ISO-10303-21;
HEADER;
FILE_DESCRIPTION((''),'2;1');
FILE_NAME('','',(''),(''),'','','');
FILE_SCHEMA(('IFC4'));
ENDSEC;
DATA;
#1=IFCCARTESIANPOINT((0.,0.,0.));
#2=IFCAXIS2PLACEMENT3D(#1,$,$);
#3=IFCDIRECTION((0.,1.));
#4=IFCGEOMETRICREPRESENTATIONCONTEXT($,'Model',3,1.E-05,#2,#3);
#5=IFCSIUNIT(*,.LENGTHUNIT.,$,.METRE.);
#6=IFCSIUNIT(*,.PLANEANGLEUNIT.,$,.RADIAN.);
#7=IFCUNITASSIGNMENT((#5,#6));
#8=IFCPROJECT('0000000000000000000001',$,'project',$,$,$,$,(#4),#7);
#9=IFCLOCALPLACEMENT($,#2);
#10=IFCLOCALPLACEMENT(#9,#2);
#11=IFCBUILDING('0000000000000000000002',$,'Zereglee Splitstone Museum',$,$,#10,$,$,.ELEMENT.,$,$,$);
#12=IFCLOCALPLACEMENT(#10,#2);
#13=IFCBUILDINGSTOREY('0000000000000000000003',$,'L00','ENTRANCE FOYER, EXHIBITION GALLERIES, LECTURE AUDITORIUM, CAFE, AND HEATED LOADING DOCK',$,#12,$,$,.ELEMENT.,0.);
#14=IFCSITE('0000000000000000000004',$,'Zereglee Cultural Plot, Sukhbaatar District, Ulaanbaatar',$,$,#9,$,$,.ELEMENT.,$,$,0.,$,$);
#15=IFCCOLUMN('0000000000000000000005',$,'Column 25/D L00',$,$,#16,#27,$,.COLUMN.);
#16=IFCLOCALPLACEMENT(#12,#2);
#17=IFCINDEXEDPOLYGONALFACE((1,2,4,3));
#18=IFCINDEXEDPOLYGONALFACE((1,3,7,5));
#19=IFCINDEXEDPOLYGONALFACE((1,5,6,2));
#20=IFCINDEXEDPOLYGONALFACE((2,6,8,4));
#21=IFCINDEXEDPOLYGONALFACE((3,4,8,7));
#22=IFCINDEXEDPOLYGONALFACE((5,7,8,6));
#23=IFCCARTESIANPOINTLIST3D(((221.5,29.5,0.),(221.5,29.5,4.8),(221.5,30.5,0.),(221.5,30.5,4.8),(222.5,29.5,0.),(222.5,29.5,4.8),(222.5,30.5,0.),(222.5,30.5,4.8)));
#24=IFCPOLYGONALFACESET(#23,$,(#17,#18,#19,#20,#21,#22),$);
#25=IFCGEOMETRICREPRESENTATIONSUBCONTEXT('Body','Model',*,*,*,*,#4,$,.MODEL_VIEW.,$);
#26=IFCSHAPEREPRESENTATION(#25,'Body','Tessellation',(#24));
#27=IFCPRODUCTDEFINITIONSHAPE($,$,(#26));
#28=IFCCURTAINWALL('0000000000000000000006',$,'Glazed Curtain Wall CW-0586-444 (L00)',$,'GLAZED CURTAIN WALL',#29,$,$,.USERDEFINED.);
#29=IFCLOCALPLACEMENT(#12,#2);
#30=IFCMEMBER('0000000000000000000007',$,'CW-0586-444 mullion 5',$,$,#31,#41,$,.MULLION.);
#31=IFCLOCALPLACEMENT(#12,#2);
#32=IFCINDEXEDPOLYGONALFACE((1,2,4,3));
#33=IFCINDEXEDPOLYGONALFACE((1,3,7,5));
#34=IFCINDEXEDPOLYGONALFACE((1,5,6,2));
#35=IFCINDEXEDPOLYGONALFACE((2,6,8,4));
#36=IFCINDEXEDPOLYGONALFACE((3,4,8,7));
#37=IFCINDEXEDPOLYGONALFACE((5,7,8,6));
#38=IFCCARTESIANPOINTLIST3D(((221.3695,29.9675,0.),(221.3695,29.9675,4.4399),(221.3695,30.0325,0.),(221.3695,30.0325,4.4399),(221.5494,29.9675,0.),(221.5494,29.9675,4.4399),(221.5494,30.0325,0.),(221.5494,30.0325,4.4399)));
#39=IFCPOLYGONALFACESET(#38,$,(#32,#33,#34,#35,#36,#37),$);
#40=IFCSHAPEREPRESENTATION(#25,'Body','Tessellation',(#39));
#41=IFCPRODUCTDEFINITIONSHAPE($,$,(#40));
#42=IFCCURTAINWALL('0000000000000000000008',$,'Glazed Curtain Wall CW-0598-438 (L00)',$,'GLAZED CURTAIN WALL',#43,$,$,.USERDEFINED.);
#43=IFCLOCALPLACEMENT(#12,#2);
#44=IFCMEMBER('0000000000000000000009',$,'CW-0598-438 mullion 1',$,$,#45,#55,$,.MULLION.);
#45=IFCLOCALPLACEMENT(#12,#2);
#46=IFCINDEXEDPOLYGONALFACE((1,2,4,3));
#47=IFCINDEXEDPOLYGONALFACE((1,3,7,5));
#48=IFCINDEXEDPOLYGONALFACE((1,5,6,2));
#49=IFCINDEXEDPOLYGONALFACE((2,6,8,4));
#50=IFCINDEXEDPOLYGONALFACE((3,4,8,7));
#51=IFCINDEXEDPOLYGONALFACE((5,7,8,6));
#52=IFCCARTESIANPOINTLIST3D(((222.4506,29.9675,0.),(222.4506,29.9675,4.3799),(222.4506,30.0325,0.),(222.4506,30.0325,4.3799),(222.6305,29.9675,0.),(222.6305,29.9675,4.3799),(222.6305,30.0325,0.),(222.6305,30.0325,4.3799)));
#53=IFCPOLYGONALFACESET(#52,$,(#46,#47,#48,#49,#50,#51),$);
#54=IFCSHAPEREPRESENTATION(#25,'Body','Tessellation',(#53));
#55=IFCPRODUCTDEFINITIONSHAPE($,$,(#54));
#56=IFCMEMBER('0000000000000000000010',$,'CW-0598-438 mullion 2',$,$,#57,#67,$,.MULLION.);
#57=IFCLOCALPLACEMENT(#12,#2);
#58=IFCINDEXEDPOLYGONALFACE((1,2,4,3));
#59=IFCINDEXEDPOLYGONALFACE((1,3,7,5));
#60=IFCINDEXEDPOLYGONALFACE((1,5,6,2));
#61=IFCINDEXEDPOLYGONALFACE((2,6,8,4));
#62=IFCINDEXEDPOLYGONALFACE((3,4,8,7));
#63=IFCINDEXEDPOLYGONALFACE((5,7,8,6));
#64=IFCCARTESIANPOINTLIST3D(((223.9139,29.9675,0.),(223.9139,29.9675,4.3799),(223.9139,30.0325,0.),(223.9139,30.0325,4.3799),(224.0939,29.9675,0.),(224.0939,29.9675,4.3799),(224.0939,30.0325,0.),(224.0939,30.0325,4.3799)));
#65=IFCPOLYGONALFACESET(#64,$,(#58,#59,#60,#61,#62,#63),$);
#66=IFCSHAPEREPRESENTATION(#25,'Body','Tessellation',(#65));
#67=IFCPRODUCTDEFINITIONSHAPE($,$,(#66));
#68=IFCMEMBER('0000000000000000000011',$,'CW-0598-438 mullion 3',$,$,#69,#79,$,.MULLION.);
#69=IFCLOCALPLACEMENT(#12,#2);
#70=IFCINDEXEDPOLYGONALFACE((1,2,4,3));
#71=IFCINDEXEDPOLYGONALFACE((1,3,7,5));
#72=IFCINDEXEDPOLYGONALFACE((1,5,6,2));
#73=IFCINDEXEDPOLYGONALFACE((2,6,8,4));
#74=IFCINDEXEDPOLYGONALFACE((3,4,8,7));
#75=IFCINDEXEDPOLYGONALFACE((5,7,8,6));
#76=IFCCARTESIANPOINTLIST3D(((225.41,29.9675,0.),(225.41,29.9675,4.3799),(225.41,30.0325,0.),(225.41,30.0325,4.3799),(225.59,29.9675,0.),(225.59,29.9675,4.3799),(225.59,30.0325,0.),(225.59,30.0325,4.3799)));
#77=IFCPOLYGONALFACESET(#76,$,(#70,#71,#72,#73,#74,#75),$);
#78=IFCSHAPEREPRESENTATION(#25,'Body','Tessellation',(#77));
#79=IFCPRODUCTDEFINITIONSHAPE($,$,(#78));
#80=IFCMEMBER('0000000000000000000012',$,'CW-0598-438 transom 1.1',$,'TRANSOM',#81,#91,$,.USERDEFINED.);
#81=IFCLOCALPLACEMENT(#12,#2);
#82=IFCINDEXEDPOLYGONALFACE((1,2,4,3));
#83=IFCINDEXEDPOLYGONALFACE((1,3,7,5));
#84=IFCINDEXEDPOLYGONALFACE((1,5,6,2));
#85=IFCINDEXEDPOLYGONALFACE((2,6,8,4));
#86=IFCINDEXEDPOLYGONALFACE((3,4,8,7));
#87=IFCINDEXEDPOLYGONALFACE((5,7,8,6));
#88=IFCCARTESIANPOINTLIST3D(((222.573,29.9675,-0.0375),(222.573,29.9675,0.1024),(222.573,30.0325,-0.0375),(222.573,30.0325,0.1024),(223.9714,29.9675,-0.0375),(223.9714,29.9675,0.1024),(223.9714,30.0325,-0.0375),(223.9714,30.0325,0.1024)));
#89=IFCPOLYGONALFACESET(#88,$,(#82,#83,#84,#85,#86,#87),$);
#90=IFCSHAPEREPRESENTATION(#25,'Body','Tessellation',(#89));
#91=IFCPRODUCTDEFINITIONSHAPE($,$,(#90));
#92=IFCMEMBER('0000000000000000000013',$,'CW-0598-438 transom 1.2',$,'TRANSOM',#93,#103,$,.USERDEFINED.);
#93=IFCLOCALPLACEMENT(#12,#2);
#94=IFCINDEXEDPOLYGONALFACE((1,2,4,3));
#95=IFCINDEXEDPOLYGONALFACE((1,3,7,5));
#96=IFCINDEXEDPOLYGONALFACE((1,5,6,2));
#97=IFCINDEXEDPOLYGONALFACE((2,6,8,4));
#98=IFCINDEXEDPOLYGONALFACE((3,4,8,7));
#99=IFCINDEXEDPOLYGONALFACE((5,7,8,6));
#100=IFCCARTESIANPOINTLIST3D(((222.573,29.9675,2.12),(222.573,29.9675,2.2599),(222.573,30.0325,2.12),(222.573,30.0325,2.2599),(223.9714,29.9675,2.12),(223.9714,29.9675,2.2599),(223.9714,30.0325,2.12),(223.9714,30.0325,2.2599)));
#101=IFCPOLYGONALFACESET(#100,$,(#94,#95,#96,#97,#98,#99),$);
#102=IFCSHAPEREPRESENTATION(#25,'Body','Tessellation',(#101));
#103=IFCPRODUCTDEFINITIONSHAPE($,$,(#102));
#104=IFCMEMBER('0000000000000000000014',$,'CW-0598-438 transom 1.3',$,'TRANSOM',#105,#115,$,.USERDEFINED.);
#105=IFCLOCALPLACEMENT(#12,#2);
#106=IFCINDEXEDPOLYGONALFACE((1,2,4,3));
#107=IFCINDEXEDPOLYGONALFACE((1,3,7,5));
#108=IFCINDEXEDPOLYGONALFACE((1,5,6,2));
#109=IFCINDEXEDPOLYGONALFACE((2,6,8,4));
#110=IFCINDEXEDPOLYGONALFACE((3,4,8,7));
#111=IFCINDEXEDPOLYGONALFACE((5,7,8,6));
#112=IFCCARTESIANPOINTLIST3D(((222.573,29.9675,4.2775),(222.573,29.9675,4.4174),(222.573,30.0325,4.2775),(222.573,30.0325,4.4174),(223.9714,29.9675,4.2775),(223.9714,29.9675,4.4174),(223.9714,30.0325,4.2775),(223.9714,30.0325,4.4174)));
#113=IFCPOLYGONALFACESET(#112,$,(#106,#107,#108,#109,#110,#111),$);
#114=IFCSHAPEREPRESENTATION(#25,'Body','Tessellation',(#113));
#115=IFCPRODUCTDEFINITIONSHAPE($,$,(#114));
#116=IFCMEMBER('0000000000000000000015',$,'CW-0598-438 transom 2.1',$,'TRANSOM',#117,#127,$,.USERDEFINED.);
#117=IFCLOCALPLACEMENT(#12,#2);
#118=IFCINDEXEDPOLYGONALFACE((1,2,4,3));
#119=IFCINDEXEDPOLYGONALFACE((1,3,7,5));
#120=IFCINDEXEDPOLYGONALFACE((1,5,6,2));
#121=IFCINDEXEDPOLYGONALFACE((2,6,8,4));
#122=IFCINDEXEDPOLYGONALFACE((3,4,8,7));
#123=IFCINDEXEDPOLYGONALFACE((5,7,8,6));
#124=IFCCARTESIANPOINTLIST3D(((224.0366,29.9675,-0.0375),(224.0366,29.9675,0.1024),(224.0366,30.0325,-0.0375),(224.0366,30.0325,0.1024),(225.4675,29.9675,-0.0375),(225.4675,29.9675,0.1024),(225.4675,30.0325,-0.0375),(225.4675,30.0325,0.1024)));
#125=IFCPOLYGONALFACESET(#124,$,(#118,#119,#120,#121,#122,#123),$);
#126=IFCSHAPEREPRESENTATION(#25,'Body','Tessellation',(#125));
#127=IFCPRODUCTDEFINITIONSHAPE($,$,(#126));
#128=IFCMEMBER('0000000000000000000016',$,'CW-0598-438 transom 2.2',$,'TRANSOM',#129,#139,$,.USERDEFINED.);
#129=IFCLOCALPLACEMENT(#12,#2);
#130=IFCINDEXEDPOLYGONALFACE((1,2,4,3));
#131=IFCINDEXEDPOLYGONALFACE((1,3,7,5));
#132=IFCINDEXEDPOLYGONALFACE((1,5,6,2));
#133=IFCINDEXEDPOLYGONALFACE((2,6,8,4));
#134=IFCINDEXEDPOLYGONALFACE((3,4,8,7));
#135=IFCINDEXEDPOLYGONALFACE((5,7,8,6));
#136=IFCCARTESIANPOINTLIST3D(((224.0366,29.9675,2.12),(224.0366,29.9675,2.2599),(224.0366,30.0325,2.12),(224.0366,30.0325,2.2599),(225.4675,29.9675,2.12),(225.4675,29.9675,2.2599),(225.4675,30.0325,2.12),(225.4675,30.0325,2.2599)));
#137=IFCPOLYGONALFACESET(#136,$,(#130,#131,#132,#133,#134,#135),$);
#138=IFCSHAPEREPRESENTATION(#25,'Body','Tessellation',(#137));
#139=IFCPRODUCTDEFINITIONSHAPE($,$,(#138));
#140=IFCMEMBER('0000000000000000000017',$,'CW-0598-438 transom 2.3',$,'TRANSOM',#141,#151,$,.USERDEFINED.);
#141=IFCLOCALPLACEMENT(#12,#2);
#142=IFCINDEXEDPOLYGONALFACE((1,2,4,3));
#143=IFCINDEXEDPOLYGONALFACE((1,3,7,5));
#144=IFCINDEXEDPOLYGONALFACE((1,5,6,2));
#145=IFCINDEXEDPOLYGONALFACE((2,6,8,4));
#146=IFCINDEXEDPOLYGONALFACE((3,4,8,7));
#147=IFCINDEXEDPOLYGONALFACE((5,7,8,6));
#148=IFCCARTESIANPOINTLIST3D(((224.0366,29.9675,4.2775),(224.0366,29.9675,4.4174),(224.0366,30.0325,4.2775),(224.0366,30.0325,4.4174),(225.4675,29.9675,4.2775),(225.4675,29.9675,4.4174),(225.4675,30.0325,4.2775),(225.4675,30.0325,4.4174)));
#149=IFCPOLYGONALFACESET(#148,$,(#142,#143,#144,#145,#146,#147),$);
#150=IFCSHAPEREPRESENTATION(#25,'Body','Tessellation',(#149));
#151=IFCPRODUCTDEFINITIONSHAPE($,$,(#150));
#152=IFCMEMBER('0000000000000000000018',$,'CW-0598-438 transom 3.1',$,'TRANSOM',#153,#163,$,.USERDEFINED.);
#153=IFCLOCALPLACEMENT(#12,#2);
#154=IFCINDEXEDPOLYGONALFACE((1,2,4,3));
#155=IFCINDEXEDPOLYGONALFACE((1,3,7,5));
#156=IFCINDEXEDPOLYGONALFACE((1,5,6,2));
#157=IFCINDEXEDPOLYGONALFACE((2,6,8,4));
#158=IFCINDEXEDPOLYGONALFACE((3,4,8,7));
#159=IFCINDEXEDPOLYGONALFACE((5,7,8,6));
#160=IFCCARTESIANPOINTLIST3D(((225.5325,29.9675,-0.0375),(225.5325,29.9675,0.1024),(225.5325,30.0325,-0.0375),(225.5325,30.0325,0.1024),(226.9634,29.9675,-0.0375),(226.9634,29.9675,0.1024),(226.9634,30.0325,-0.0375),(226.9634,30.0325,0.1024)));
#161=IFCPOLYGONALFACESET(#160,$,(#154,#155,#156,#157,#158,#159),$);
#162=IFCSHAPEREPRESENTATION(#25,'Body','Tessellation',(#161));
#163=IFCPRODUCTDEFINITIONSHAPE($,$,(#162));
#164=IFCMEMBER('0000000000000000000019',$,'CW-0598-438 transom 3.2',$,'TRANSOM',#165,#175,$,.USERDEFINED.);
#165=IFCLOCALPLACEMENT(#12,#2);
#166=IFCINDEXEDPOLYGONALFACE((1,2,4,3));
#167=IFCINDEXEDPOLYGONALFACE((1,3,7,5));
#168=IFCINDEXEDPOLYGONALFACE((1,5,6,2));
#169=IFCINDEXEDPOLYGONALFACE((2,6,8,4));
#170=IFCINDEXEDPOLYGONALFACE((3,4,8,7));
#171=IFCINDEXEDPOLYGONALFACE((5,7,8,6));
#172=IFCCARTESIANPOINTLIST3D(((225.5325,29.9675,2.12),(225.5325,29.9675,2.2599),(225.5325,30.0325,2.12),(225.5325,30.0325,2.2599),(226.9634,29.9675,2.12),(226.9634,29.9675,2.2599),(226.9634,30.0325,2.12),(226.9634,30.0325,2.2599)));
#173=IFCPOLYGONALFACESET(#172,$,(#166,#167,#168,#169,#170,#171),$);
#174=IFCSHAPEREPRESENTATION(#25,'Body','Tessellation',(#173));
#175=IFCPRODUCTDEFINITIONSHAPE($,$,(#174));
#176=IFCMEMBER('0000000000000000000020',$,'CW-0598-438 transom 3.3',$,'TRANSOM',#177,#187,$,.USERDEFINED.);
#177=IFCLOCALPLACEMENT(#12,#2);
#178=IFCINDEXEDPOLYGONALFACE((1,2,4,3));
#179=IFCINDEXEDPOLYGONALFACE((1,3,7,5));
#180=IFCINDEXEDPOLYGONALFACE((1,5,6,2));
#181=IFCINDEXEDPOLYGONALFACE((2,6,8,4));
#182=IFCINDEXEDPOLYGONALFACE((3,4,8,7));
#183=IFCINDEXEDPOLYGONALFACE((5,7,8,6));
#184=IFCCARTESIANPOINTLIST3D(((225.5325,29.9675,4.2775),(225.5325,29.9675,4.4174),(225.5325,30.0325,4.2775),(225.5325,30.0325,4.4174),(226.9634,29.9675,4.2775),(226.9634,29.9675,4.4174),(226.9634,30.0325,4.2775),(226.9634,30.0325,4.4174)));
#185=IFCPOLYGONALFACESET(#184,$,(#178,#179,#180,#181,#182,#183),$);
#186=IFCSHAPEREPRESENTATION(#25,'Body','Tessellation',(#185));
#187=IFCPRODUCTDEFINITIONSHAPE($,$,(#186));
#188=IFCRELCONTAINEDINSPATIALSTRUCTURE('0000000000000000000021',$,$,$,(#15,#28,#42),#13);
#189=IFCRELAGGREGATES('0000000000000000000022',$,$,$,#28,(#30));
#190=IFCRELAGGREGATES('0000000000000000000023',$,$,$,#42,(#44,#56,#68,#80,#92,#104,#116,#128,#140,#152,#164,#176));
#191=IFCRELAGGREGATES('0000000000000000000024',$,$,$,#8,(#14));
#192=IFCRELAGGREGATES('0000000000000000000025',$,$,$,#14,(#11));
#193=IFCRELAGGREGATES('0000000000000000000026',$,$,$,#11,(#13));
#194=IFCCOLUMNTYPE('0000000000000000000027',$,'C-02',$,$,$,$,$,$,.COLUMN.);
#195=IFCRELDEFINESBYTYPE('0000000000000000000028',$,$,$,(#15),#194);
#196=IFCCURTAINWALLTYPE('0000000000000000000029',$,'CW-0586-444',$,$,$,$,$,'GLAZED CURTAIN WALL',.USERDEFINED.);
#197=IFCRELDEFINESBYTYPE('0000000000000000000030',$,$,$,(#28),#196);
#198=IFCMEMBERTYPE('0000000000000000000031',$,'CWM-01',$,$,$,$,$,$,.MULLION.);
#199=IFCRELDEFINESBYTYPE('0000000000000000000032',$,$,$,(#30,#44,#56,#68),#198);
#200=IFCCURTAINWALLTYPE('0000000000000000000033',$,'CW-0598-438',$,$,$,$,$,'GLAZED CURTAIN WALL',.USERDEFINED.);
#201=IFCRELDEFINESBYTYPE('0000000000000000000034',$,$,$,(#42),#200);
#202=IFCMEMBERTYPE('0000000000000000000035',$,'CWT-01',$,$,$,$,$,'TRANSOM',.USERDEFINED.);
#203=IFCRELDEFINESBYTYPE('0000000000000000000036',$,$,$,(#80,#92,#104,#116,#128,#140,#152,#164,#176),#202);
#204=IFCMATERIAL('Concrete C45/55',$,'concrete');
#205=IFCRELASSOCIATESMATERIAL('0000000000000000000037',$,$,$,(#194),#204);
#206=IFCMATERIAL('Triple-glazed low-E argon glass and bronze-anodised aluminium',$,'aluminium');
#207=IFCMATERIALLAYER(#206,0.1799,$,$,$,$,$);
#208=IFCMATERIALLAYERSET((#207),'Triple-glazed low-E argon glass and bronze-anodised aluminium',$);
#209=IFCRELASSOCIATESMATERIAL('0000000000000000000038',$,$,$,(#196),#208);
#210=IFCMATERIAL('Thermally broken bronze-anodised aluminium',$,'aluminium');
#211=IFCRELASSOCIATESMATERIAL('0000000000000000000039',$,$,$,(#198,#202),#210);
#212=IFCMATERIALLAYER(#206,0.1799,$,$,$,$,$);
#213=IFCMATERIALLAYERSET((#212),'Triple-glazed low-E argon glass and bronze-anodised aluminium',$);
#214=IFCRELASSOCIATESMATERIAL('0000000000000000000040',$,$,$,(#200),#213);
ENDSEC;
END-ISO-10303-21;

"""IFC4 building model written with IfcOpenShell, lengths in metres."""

from ifc_helpers import new_model, si_unit, direction, frame, origin, origin_2d, place, context, subcontext, project, spatial, rectangle, extrude, material, layer, layer_set, material_profile, profile_set, type_object, element, aggregate, save


model = new_model("IFC4")

# Units and contexts
model_context = context("Model", 3, precision=1e-05, world=origin(), true_north=direction((0.0, 1.0)))
body_context = subcontext(model_context, "Body", "Model", "MODEL_VIEW")
ifc_project = project(units=[si_unit("LENGTHUNIT", "METRE"), si_unit("PLANEANGLEUNIT", "RADIAN")], contexts=[model_context])

# Site, building, storey
site_placement = place(None, origin())
site = spatial("IfcSite", under=ifc_project, at=site_placement, Name="Zereglee Cultural Plot, Sukhbaatar District, Ulaanbaatar", CompositionType="ELEMENT", RefElevation=0.0)
building_placement = place(site_placement, origin())
building = spatial("IfcBuilding", under=site, at=building_placement, Name="Zereglee Splitstone Museum", CompositionType="ELEMENT")
storey_placement = place(building_placement, origin())
storey = spatial("IfcBuildingStorey", under=building, at=storey_placement, Name="L00", Description="ENTRANCE FOYER, EXHIBITION GALLERIES, LECTURE AUDITORIUM, CAFE, AND HEATED LOADING DOCK", CompositionType="ELEMENT", Elevation=0.0)

# Column
ifc_material_1 = material(Name="Concrete C45/55", Category="concrete")
ifc_material_profile_1 = material_profile(ifc_material_1, rectangle(XDim=1.0, YDim=1.0, at=origin_2d()), Name="RC 1000x1000")
ifc_profile_set_1 = profile_set([ifc_material_profile_1], Name="Concrete C45/55")
column_type = type_object("IfcColumnType", Name="C-02", PredefinedType="COLUMN", material=ifc_profile_set_1)
column_placement = place(storey_placement, frame((222.0, 30.0, 0.0), z_axis=(0.0, 0.0, 1.0), x_axis=(1.0, 0.0, 0.0)))
element("IfcColumn", 1, at=column_placement, inside=storey, type_object=column_type, Name="Column 25/D L00", PredefinedType="COLUMN", context=body_context, shape_type="SweptSolid", body=[
    extrude(rectangle(XDim=1.0, YDim=1.0, at=origin_2d()), origin(), (0.0, 0.0, 1.0), 4.8),
])

# Curtain wall, member
ifc_material_2 = material(Name="Triple-glazed low-E argon glass and bronze-anodised aluminium", Category="aluminium")
ifc_layer_1 = layer(ifc_material_2, 0.1799)
ifc_layer_set_1 = layer_set([ifc_layer_1], Name="Triple-glazed low-E argon glass and bronze-anodised aluminium")
curtain_wall_type_1 = type_object("IfcCurtainWallType", Name="CW-0586-444", ElementType="GLAZED CURTAIN WALL", PredefinedType="USERDEFINED", material=ifc_layer_set_1)
curtain_wall_1_placement = place(storey_placement, origin())
curtain_wall_1 = element("IfcCurtainWall", 2, at=curtain_wall_1_placement, inside=storey, type_object=curtain_wall_type_1, Name="Glazed Curtain Wall CW-0586-444 (L00)", ObjectType="GLAZED CURTAIN WALL", PredefinedType="USERDEFINED")
ifc_material_3 = material(Name="Thermally broken bronze-anodised aluminium", Category="aluminium")
ifc_material_profile_2 = material_profile(ifc_material_3, rectangle(XDim=0.0649, YDim=0.1799, at=origin_2d()), Name="CW MULL 65x180")
ifc_profile_set_2 = profile_set([ifc_material_profile_2], Name="Thermally broken bronze-anodised aluminium")
member_type_1 = type_object("IfcMemberType", Name="CWM-01", PredefinedType="MULLION", material=ifc_profile_set_2)
member_1_placement = place(storey_placement, frame((221.4595, 30.0, 0.0), z_axis=(0.0, 0.0, 1.0), x_axis=(0.0, 1.0, 0.0)))
member_1 = element("IfcMember", 3, at=member_1_placement, type_object=member_type_1, Name="CW-0586-444 mullion 5", PredefinedType="MULLION", context=body_context, shape_type="SweptSolid", body=[
    extrude(rectangle(XDim=0.0649, YDim=0.1799, at=origin_2d()), origin(), (0.0, 0.0, 1.0), 4.4399),
])

# Curtain wall, members
ifc_layer_2 = layer(ifc_material_2, 0.1799)
ifc_layer_set_2 = layer_set([ifc_layer_2], Name="Triple-glazed low-E argon glass and bronze-anodised aluminium")
curtain_wall_type_2 = type_object("IfcCurtainWallType", Name="CW-0598-438", ElementType="GLAZED CURTAIN WALL", PredefinedType="USERDEFINED", material=ifc_layer_set_2)
curtain_wall_2_placement = place(storey_placement, origin())
curtain_wall_2 = element("IfcCurtainWall", 4, at=curtain_wall_2_placement, inside=storey, type_object=curtain_wall_type_2, Name="Glazed Curtain Wall CW-0598-438 (L00)", ObjectType="GLAZED CURTAIN WALL", PredefinedType="USERDEFINED")
member_2_placement = place(storey_placement, frame((222.5405, 30.0, 0.0), z_axis=(0.0, 0.0, 1.0), x_axis=(0.0, 1.0, 0.0)))
member_2 = element("IfcMember", 5, at=member_2_placement, type_object=member_type_1, Name="CW-0598-438 mullion 1", PredefinedType="MULLION", context=body_context, shape_type="SweptSolid", body=[
    extrude(rectangle(XDim=0.0649, YDim=0.1799, at=origin_2d()), origin(), (0.0, 0.0, 1.0), 4.3799),
])
member_3_placement = place(storey_placement, frame((224.0039, 30.0, 0.0), z_axis=(0.0, 0.0, 1.0), x_axis=(0.0, 1.0, 0.0)))
member_3 = element("IfcMember", 6, at=member_3_placement, type_object=member_type_1, Name="CW-0598-438 mullion 2", PredefinedType="MULLION", context=body_context, shape_type="SweptSolid", body=[
    extrude(rectangle(XDim=0.0649, YDim=0.1799, at=origin_2d()), origin(), (0.0, 0.0, 1.0), 4.3799),
])
member_4_placement = place(storey_placement, frame((225.5, 30.0, 0.0), z_axis=(0.0, 0.0, 1.0), x_axis=(0.0, 1.0, 0.0)))
member_4 = element("IfcMember", 7, at=member_4_placement, type_object=member_type_1, Name="CW-0598-438 mullion 3", PredefinedType="MULLION", context=body_context, shape_type="SweptSolid", body=[
    extrude(rectangle(XDim=0.0649, YDim=0.1799, at=origin_2d()), origin(), (0.0, 0.0, 1.0), 4.3799),
])
ifc_material_profile_3 = material_profile(ifc_material_3, rectangle(XDim=0.0649, YDim=0.1399, at=origin_2d()), Name="CW TRAN 65x140")
ifc_profile_set_3 = profile_set([ifc_material_profile_3], Name="Thermally broken bronze-anodised aluminium")
member_type_2 = type_object("IfcMemberType", Name="CWT-01", ElementType="TRANSOM", PredefinedType="USERDEFINED", material=ifc_profile_set_3)
member_5_placement = place(storey_placement, frame((222.573, 30.0, 0.0325), z_axis=(1.0, 0.0, 0.0), x_axis=(0.0, 1.0, 0.0)))
member_5 = element("IfcMember", 8, at=member_5_placement, type_object=member_type_2, Name="CW-0598-438 transom 1.1", ObjectType="TRANSOM", PredefinedType="USERDEFINED", context=body_context, shape_type="SweptSolid", body=[
    extrude(rectangle(XDim=0.0649, YDim=0.1399, at=origin_2d()), origin(), (0.0, 0.0, 1.0), 1.3984),
])
member_6_placement = place(storey_placement, frame((222.573, 30.0, 2.1899), z_axis=(1.0, 0.0, 0.0), x_axis=(0.0, 1.0, 0.0)))
member_6 = element("IfcMember", 9, at=member_6_placement, type_object=member_type_2, Name="CW-0598-438 transom 1.2", ObjectType="TRANSOM", PredefinedType="USERDEFINED", context=body_context, shape_type="SweptSolid", body=[
    extrude(rectangle(XDim=0.0649, YDim=0.1399, at=origin_2d()), origin(), (0.0, 0.0, 1.0), 1.3984),
])
member_7_placement = place(storey_placement, frame((222.573, 30.0, 4.3474), z_axis=(1.0, 0.0, 0.0), x_axis=(0.0, 1.0, 0.0)))
member_7 = element("IfcMember", 10, at=member_7_placement, type_object=member_type_2, Name="CW-0598-438 transom 1.3", ObjectType="TRANSOM", PredefinedType="USERDEFINED", context=body_context, shape_type="SweptSolid", body=[
    extrude(rectangle(XDim=0.0649, YDim=0.1399, at=origin_2d()), origin(), (0.0, 0.0, 1.0), 1.3984),
])
member_8_placement = place(storey_placement, frame((224.0366, 30.0, 0.0325), z_axis=(1.0, 0.0, 0.0), x_axis=(0.0, 1.0, 0.0)))
member_8 = element("IfcMember", 11, at=member_8_placement, type_object=member_type_2, Name="CW-0598-438 transom 2.1", ObjectType="TRANSOM", PredefinedType="USERDEFINED", context=body_context, shape_type="SweptSolid", body=[
    extrude(rectangle(XDim=0.0649, YDim=0.1399, at=origin_2d()), origin(), (0.0, 0.0, 1.0), 1.4309),
])
member_9_placement = place(storey_placement, frame((224.0366, 30.0, 2.1899), z_axis=(1.0, 0.0, 0.0), x_axis=(0.0, 1.0, 0.0)))
member_9 = element("IfcMember", 12, at=member_9_placement, type_object=member_type_2, Name="CW-0598-438 transom 2.2", ObjectType="TRANSOM", PredefinedType="USERDEFINED", context=body_context, shape_type="SweptSolid", body=[
    extrude(rectangle(XDim=0.0649, YDim=0.1399, at=origin_2d()), origin(), (0.0, 0.0, 1.0), 1.4309),
])
member_10_placement = place(storey_placement, frame((224.0366, 30.0, 4.3474), z_axis=(1.0, 0.0, 0.0), x_axis=(0.0, 1.0, 0.0)))
member_10 = element("IfcMember", 13, at=member_10_placement, type_object=member_type_2, Name="CW-0598-438 transom 2.3", ObjectType="TRANSOM", PredefinedType="USERDEFINED", context=body_context, shape_type="SweptSolid", body=[
    extrude(rectangle(XDim=0.0649, YDim=0.1399, at=origin_2d()), origin(), (0.0, 0.0, 1.0), 1.4309),
])
member_11_placement = place(storey_placement, frame((225.5325, 30.0, 0.0325), z_axis=(1.0, 0.0, 0.0), x_axis=(0.0, 1.0, 0.0)))
member_11 = element("IfcMember", 14, at=member_11_placement, type_object=member_type_2, Name="CW-0598-438 transom 3.1", ObjectType="TRANSOM", PredefinedType="USERDEFINED", context=body_context, shape_type="SweptSolid", body=[
    extrude(rectangle(XDim=0.0649, YDim=0.1399, at=origin_2d()), origin(), (0.0, 0.0, 1.0), 1.4309),
])
member_12_placement = place(storey_placement, frame((225.5325, 30.0, 2.1899), z_axis=(1.0, 0.0, 0.0), x_axis=(0.0, 1.0, 0.0)))
member_12 = element("IfcMember", 15, at=member_12_placement, type_object=member_type_2, Name="CW-0598-438 transom 3.2", ObjectType="TRANSOM", PredefinedType="USERDEFINED", context=body_context, shape_type="SweptSolid", body=[
    extrude(rectangle(XDim=0.0649, YDim=0.1399, at=origin_2d()), origin(), (0.0, 0.0, 1.0), 1.4309),
])
member_13_placement = place(storey_placement, frame((225.5325, 30.0, 4.3474), z_axis=(1.0, 0.0, 0.0), x_axis=(0.0, 1.0, 0.0)))
member_13 = element("IfcMember", 16, at=member_13_placement, type_object=member_type_2, Name="CW-0598-438 transom 3.3", ObjectType="TRANSOM", PredefinedType="USERDEFINED", context=body_context, shape_type="SweptSolid", body=[
    extrude(rectangle(XDim=0.0649, YDim=0.1399, at=origin_2d()), origin(), (0.0, 0.0, 1.0), 1.4309),
])

aggregate(curtain_wall_1, [member_1])
aggregate(curtain_wall_2, [member_2, member_3, member_4, member_5, member_6, member_7, member_8, member_9, member_10, member_11, member_12, member_13])

save(model, "model.ifc")
